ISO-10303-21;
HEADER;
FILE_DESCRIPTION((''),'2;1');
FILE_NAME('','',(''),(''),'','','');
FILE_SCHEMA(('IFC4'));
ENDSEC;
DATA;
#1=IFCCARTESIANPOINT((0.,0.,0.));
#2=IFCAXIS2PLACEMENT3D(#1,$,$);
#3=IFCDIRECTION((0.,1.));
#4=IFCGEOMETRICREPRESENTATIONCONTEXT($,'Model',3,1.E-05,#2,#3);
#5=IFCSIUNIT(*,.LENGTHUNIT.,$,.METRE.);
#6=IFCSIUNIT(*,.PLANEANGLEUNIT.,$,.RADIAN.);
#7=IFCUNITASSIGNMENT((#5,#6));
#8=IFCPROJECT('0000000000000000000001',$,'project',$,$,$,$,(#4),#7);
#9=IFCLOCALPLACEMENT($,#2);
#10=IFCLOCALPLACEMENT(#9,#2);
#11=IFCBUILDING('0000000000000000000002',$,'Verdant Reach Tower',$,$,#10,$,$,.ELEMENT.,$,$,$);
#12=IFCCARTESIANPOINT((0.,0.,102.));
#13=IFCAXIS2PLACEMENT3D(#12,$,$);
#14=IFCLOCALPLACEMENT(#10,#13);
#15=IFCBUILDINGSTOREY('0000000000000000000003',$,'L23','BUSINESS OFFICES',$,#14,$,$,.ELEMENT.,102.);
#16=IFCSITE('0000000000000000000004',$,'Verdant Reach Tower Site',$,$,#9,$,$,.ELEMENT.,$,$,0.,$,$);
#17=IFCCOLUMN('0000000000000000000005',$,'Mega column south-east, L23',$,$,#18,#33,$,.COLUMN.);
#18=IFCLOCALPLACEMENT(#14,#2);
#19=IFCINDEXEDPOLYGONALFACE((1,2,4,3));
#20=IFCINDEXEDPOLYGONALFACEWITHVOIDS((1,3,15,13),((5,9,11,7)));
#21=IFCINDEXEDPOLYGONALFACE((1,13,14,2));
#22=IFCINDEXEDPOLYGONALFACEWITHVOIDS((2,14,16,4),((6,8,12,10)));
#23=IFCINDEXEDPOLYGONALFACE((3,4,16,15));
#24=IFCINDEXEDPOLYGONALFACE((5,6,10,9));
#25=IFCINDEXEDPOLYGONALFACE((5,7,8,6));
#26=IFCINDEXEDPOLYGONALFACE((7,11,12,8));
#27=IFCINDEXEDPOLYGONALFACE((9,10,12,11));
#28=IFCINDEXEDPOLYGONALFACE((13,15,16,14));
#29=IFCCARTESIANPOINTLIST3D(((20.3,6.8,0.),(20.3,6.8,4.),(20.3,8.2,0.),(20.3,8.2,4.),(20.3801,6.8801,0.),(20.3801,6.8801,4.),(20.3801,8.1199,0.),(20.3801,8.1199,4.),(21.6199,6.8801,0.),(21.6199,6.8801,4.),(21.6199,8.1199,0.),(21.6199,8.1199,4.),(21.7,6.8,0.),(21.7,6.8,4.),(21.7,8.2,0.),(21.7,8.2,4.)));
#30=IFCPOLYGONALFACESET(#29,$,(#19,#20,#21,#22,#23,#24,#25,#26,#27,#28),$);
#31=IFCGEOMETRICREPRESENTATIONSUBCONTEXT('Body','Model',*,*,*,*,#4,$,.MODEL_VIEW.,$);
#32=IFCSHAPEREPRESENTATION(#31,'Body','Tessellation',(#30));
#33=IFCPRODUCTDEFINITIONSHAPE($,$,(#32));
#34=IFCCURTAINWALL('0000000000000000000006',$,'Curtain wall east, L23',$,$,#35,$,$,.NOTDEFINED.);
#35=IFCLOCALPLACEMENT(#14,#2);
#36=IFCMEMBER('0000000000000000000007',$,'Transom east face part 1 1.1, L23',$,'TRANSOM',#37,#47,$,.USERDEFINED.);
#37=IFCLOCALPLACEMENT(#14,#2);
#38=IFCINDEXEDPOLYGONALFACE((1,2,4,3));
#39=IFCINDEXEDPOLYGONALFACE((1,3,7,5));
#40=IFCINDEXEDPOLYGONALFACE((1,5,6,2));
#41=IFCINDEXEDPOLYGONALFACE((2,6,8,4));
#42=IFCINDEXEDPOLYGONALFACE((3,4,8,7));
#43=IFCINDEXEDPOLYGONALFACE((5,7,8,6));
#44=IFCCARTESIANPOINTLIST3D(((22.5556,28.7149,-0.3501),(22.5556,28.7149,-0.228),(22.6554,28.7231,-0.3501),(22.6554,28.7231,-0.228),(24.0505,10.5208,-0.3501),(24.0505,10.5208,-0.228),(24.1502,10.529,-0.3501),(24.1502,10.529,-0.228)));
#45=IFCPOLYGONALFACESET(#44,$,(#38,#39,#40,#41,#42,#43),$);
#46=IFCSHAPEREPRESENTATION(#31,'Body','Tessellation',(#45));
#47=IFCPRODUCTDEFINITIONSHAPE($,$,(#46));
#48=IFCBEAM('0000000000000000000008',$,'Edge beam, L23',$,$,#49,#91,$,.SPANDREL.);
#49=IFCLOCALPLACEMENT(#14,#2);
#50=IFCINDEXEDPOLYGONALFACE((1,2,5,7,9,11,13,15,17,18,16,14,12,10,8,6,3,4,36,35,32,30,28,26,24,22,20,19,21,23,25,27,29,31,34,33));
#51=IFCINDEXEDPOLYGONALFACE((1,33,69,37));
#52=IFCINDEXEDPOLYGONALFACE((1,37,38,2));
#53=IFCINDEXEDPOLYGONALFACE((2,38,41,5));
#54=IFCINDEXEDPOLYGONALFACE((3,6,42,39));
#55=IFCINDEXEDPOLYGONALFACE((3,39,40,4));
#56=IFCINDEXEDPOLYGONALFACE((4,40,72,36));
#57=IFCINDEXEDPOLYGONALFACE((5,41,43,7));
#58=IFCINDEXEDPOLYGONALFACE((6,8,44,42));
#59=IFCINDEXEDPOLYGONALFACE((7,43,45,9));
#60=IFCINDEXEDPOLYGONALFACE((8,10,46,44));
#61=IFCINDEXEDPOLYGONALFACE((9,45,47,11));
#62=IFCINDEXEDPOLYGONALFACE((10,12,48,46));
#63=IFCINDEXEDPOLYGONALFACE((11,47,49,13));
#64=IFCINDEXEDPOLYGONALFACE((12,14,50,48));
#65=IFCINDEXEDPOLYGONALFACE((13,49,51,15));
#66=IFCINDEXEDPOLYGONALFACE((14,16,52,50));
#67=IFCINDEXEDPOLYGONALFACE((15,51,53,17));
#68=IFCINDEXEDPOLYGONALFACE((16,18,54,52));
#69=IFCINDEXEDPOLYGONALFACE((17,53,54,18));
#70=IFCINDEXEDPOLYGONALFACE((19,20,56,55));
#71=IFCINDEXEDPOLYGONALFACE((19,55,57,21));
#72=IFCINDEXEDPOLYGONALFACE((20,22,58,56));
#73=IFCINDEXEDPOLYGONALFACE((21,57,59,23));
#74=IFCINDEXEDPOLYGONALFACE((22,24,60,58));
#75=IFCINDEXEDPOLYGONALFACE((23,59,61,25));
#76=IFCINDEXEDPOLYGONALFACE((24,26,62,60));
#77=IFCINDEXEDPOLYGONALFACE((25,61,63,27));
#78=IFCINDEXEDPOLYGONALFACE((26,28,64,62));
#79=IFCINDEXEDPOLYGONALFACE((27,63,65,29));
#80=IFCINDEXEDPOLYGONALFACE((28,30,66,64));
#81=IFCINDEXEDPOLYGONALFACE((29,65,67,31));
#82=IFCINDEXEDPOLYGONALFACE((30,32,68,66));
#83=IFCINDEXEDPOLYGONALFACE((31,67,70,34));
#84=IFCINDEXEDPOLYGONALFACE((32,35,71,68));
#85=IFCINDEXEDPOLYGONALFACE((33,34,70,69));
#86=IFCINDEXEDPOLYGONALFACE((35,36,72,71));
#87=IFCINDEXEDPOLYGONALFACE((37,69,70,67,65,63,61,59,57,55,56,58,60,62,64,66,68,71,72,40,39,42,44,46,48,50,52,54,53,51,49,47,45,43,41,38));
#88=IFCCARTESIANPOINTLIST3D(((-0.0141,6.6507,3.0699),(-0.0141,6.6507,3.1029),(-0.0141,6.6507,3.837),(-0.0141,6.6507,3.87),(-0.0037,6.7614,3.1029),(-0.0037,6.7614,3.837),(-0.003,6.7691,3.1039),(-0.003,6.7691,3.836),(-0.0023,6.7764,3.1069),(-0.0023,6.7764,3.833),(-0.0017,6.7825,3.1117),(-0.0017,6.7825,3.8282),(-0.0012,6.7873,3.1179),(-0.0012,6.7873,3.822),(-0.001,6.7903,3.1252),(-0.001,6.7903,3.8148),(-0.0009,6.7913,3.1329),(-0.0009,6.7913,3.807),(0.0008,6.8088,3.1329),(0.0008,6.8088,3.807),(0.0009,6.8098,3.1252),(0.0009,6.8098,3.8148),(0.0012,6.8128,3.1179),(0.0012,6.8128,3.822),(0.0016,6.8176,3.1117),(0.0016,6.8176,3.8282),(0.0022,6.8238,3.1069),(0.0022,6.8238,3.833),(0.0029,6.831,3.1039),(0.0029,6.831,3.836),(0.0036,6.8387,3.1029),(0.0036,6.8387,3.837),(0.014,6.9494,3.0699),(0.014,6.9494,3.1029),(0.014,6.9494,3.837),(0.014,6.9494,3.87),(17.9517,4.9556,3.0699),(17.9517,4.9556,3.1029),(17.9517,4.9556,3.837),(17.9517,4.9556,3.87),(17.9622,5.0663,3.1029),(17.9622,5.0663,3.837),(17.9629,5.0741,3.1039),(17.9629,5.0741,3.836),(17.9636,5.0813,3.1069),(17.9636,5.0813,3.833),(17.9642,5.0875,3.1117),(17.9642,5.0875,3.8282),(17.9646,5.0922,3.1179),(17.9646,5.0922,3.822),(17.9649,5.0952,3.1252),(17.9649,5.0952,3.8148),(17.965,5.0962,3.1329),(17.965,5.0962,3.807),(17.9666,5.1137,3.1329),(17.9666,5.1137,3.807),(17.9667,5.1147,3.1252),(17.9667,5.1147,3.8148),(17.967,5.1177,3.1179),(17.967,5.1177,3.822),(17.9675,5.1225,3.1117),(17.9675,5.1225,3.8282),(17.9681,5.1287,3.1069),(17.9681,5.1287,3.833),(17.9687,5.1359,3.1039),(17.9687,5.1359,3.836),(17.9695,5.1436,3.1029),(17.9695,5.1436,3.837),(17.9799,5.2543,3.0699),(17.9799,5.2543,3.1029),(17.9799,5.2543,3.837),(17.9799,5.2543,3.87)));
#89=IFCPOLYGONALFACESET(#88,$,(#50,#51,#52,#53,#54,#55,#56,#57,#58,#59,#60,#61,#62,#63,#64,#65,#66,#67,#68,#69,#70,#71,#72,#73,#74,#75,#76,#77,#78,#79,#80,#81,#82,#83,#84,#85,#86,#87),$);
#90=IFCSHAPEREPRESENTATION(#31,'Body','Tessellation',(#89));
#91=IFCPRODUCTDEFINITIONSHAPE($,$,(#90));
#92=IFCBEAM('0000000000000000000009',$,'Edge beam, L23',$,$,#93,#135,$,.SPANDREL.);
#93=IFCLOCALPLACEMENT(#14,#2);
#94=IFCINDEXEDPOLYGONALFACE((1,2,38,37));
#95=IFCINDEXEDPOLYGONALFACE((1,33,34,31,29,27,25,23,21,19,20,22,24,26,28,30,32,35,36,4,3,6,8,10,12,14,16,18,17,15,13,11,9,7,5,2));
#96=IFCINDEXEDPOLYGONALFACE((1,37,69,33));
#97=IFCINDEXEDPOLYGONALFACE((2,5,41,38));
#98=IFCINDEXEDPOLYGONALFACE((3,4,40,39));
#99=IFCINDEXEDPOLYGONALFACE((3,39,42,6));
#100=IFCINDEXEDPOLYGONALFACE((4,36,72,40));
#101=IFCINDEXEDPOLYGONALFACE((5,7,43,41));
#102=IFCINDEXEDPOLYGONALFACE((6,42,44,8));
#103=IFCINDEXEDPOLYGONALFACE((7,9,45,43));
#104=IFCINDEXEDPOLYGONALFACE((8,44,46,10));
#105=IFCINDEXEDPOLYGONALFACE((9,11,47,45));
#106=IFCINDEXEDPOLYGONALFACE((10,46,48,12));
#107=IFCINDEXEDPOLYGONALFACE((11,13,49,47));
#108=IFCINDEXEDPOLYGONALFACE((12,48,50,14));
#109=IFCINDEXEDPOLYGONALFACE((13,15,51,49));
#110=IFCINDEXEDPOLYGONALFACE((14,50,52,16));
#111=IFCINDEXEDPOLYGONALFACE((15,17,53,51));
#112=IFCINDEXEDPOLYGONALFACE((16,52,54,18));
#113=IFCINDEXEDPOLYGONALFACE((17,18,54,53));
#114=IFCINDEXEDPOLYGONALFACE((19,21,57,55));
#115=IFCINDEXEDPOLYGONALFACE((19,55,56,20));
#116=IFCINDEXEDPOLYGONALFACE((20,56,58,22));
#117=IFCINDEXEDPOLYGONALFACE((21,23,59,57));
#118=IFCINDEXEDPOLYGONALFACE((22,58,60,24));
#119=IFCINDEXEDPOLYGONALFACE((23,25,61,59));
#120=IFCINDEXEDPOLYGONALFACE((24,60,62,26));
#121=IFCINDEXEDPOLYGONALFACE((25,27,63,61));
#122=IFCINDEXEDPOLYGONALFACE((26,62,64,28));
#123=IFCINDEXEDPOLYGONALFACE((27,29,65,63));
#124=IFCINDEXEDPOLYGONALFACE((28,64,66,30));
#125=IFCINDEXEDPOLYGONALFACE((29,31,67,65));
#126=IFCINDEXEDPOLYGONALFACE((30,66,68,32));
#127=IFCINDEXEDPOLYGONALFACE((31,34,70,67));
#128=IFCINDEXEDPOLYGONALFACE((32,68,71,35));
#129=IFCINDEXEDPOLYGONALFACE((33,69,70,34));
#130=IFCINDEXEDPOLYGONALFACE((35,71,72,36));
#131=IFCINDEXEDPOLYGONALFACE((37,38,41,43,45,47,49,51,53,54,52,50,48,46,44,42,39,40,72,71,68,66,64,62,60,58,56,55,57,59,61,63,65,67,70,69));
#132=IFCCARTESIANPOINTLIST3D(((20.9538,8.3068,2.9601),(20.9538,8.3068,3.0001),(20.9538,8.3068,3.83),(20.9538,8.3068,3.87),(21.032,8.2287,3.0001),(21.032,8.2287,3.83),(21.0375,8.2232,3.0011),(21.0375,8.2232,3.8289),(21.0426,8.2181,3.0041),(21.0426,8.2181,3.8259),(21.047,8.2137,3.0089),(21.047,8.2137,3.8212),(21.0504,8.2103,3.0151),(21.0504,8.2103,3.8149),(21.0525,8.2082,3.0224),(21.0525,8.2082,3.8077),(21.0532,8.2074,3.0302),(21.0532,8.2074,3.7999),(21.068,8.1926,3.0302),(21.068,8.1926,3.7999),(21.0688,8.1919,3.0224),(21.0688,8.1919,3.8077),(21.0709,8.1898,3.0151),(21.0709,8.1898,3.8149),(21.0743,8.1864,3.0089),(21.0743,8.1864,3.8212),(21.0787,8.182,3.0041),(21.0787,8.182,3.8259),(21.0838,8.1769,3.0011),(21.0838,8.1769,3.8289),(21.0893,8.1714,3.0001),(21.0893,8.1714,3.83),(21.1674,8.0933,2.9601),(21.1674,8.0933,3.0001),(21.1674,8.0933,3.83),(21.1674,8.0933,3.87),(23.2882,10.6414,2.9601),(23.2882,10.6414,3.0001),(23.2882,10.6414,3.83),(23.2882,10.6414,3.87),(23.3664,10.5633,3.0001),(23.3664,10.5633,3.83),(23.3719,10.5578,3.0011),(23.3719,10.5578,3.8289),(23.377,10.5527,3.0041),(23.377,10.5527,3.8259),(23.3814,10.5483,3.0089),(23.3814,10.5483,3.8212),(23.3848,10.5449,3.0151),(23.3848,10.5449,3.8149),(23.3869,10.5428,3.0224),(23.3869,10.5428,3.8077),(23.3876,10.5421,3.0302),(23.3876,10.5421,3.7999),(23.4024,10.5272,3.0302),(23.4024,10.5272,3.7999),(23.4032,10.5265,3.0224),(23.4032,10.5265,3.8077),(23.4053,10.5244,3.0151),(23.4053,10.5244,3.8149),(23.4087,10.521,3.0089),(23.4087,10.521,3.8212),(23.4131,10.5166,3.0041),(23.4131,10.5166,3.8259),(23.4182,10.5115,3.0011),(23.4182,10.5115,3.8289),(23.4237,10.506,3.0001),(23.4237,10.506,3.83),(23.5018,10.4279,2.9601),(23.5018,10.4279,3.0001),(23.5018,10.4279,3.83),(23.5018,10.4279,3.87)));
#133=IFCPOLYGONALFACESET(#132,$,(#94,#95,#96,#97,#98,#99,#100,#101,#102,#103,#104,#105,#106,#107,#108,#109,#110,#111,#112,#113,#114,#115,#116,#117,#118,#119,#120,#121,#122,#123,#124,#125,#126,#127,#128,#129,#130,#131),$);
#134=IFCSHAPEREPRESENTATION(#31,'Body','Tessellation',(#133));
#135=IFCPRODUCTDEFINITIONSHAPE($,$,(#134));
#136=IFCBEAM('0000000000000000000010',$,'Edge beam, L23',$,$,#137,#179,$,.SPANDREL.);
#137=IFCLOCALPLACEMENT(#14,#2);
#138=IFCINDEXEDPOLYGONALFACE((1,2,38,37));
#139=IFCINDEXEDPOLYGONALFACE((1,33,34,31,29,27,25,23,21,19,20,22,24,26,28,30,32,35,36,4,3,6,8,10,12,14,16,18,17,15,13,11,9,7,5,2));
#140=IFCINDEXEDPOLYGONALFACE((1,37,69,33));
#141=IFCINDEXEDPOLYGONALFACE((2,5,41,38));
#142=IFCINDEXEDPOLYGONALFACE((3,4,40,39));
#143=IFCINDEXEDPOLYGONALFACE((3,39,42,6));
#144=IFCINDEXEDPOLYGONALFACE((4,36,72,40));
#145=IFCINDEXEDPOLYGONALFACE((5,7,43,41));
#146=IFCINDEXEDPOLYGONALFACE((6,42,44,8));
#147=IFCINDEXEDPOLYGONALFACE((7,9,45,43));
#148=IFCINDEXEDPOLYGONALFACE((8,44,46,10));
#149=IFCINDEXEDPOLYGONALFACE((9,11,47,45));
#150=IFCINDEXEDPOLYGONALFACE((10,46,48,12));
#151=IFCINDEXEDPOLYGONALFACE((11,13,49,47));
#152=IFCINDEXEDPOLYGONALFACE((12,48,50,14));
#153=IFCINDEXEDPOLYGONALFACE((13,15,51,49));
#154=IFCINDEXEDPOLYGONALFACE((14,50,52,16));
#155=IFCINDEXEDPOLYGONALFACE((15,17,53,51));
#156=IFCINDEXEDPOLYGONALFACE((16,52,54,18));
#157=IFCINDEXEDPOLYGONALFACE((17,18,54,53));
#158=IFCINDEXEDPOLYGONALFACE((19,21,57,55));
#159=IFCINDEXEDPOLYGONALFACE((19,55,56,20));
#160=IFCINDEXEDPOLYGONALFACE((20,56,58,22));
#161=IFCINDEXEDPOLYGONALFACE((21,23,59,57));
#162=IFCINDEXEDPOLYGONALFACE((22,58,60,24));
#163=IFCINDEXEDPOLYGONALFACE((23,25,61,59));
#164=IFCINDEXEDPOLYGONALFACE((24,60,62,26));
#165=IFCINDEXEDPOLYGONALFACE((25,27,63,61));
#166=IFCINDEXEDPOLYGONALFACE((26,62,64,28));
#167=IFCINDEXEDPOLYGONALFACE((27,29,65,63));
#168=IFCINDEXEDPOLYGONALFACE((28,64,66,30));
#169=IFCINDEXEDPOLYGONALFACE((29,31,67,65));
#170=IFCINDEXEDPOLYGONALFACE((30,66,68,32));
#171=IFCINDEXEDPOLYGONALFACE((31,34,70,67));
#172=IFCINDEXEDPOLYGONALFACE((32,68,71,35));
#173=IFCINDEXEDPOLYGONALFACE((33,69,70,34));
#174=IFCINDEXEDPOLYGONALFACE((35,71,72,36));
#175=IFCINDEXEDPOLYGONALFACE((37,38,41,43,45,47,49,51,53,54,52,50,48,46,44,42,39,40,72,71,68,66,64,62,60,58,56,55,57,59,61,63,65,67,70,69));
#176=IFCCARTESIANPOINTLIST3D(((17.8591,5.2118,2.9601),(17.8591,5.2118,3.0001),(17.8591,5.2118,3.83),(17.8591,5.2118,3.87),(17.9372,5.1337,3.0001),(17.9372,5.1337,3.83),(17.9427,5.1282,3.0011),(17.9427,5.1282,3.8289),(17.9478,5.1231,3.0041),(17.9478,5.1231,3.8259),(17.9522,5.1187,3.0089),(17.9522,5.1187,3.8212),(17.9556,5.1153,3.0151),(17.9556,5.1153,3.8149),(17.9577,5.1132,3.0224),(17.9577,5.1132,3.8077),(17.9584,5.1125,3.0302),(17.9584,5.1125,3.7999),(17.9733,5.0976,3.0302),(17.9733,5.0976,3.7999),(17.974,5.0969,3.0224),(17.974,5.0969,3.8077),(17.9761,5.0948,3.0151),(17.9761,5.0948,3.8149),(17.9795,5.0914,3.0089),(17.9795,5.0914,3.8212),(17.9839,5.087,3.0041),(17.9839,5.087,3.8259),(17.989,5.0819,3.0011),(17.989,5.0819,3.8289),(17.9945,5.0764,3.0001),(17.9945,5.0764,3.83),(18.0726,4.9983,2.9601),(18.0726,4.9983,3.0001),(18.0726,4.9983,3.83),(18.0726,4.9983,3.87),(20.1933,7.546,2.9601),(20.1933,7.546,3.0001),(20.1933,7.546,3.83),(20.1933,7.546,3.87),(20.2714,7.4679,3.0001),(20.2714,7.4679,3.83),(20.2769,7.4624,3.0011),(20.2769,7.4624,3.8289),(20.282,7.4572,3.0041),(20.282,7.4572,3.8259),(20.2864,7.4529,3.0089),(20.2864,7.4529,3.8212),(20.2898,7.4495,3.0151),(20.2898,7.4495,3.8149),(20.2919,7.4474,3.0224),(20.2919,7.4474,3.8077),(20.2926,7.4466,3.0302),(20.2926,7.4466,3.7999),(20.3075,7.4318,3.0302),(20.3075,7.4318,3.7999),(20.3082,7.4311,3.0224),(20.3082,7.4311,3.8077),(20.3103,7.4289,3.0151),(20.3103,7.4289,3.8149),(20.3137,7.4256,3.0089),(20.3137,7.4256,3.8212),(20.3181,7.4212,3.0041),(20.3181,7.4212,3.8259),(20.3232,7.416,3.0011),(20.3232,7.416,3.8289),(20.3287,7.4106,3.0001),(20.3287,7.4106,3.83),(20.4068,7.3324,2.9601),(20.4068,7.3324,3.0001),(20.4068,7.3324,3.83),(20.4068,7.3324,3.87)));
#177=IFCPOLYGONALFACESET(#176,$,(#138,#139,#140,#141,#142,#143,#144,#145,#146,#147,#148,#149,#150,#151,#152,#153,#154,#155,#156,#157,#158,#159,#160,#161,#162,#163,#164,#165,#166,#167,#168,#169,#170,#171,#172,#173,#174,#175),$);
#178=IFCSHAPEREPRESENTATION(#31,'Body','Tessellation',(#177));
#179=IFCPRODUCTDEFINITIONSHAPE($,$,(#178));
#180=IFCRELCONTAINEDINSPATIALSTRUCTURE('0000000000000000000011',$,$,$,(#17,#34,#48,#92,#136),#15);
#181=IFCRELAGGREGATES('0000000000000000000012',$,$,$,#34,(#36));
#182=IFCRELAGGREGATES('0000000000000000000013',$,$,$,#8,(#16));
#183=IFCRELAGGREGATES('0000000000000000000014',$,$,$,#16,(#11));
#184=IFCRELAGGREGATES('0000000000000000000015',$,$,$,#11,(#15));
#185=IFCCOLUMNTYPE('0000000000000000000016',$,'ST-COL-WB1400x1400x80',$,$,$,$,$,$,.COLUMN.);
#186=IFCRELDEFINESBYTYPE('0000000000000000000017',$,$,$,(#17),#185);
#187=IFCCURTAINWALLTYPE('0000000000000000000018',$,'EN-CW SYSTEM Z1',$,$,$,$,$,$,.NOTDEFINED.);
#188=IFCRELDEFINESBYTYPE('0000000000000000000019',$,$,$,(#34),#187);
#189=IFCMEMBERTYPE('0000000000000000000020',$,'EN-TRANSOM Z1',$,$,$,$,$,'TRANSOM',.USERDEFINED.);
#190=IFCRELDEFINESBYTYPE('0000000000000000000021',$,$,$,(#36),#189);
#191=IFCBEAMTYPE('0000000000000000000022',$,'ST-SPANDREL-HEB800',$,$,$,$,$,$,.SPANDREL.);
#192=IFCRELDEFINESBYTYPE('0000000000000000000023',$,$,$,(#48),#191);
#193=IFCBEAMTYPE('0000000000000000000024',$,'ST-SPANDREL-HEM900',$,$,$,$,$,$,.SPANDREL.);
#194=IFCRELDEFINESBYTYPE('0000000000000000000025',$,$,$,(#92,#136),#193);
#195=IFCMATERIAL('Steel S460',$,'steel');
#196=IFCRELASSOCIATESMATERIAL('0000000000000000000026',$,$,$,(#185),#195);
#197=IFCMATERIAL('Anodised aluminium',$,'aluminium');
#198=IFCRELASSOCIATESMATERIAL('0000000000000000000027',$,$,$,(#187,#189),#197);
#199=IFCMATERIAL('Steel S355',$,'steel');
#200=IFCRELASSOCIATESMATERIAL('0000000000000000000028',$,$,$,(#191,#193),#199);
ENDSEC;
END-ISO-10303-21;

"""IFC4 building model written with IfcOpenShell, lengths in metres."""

from ifc_helpers import new_model, si_unit, direction, frame, origin, origin_2d, place, context, subcontext, project, spatial, rectangle, hollow_rectangle, i_section, extrude, material, material_profile, profile_set, type_object, element, aggregate, save


model = new_model("IFC4")

# Units and contexts
model_context = context("Model", 3, precision=1e-05, world=origin(), true_north=direction((0.0, 1.0)))
body_context = subcontext(model_context, "Body", "Model", "MODEL_VIEW")
ifc_project = project(units=[si_unit("LENGTHUNIT", "METRE"), si_unit("PLANEANGLEUNIT", "RADIAN")], contexts=[model_context])

# Site, building, storey
site_placement = place(None, origin())
site = spatial("IfcSite", under=ifc_project, at=site_placement, Name="Verdant Reach Tower Site", CompositionType="ELEMENT", RefElevation=0.0)
building_placement = place(site_placement, origin())
building = spatial("IfcBuilding", under=site, at=building_placement, Name="Verdant Reach Tower", CompositionType="ELEMENT")
storey_placement = place(building_placement, frame((0.0, 0.0, 102.0)))
storey = spatial("IfcBuildingStorey", under=building, at=storey_placement, Name="L23", Description="BUSINESS OFFICES", CompositionType="ELEMENT", Elevation=102.0)

# Column
ifc_material_1 = material(Name="Steel S460", Category="steel")
ifc_material_profile_1 = material_profile(ifc_material_1, hollow_rectangle(XDim=1.3999, YDim=1.3999, WallThickness=0.0801, at=origin_2d()), Name="WB 1400x1400x80")
ifc_profile_set_1 = profile_set([ifc_material_profile_1], Name="Steel S460")
column_type = type_object("IfcColumnType", Name="ST-COL-WB1400x1400x80", PredefinedType="COLUMN", material=ifc_profile_set_1)
column_placement = place(storey_placement, frame((21.0, 7.5, 0.0), z_axis=(0.0, 0.0, 1.0), x_axis=(1.0, 0.0, 0.0)))
element("IfcColumn", 1, at=column_placement, inside=storey, type_object=column_type, Name="Mega column south-east, L23", PredefinedType="COLUMN", context=body_context, shape_type="SweptSolid", body=[
    extrude(hollow_rectangle(XDim=1.3999, YDim=1.3999, WallThickness=0.0801, at=origin_2d()), origin(), (0.0, 0.0, 1.0), 4.0),
])

# Curtain wall, member
ifc_material_2 = material(Name="Anodised aluminium", Category="aluminium")
curtain_wall_type = type_object("IfcCurtainWallType", Name="EN-CW SYSTEM Z1", PredefinedType="NOTDEFINED", material=ifc_material_2)
curtain_wall_1_placement = place(storey_placement, origin())
curtain_wall_1 = element("IfcCurtainWall", 2, at=curtain_wall_1_placement, inside=storey, type_object=curtain_wall_type, Name="Curtain wall east, L23", PredefinedType="NOTDEFINED")
ifc_material_profile_2 = material_profile(ifc_material_2, rectangle(XDim=0.1001, YDim=0.1221, at=origin_2d()), Name="Transom 122x100")
ifc_profile_set_2 = profile_set([ifc_material_profile_2], Name="Anodised aluminium")
member_type = type_object("IfcMemberType", Name="EN-TRANSOM Z1", ElementType="TRANSOM", PredefinedType="USERDEFINED", material=ifc_profile_set_2)
member_placement = place(storey_placement, frame((24.1003, 10.5249, -0.2891), z_axis=(-0.081887, 0.996642, 0.0), x_axis=(-0.996642, -0.081887, 0.0)))
member = element("IfcMember", 3, at=member_placement, type_object=member_type, Name="Transom east face part 1 1.1, L23", ObjectType="TRANSOM", PredefinedType="USERDEFINED", context=body_context, shape_type="SweptSolid", body=[
    extrude(rectangle(XDim=0.1001, YDim=0.1221, at=origin_2d()), origin(), (0.0, 0.0, 1.0), 18.2554),
])

# Beams
ifc_material_3 = material(Name="Steel S355", Category="steel")
ifc_material_profile_3 = material_profile(ifc_material_3, i_section(OverallWidth=0.3, OverallDepth=0.8, WebThickness=0.0176, FlangeThickness=0.033, FilletRadius=0.03, at=origin_2d()), Name="HEB 800")
ifc_profile_set_3 = profile_set([ifc_material_profile_3], Name="Steel S355")
beam_type_1 = type_object("IfcBeamType", Name="ST-SPANDREL-HEB800", PredefinedType="SPANDREL", material=ifc_profile_set_3)
beam_1_placement = place(storey_placement, frame((17.9658, 5.105, 3.47), z_axis=(-0.995579, 0.093932, 0.0), x_axis=(-0.093932, -0.995579, 0.0)))
element("IfcBeam", 4, at=beam_1_placement, inside=storey, type_object=beam_type_1, Name="Edge beam, L23", PredefinedType="SPANDREL", context=body_context, shape_type="SweptSolid", body=[
    extrude(i_section(OverallWidth=0.3, OverallDepth=0.8, WebThickness=0.0176, FlangeThickness=0.033, FilletRadius=0.03, at=origin_2d()), origin(), (0.0, 0.0, 1.0), 18.0457),
])
ifc_material_profile_4 = material_profile(ifc_material_3, i_section(OverallWidth=0.302, OverallDepth=0.9099, WebThickness=0.021, FlangeThickness=0.04, FilletRadius=0.03, at=origin_2d()), Name="HEM 900")
ifc_profile_set_4 = profile_set([ifc_material_profile_4], Name="Steel S355")
beam_type_2 = type_object("IfcBeamType", Name="ST-SPANDREL-HEM900", PredefinedType="SPANDREL", material=ifc_profile_set_4)
beam_2_placement = place(storey_placement, frame((23.395, 10.5347, 3.415), z_axis=(-0.70707, -0.707144, 0.0), x_axis=(0.707144, -0.70707, 0.0)))
element("IfcBeam", 5, at=beam_2_placement, inside=storey, type_object=beam_type_2, Name="Edge beam, L23", PredefinedType="SPANDREL", context=body_context, shape_type="SweptSolid", body=[
    extrude(i_section(OverallWidth=0.302, OverallDepth=0.9099, WebThickness=0.021, FlangeThickness=0.04, FilletRadius=0.03, at=origin_2d()), origin(), (0.0, 0.0, 1.0), 3.3015),
])
beam_3_placement = place(storey_placement, frame((20.3, 7.4392, 3.415), z_axis=(-0.707107, -0.707107, 0.0), x_axis=(0.707107, -0.707107, 0.0)))
element("IfcBeam", 6, at=beam_3_placement, inside=storey, type_object=beam_type_2, Name="Edge beam, L23", PredefinedType="SPANDREL", context=body_context, shape_type="SweptSolid", body=[
    extrude(i_section(OverallWidth=0.302, OverallDepth=0.9099, WebThickness=0.021, FlangeThickness=0.04, FilletRadius=0.03, at=origin_2d()), origin(), (0.0, 0.0, 1.0), 3.301),
])

aggregate(curtain_wall_1, [member])

save(model, "model.ifc")
